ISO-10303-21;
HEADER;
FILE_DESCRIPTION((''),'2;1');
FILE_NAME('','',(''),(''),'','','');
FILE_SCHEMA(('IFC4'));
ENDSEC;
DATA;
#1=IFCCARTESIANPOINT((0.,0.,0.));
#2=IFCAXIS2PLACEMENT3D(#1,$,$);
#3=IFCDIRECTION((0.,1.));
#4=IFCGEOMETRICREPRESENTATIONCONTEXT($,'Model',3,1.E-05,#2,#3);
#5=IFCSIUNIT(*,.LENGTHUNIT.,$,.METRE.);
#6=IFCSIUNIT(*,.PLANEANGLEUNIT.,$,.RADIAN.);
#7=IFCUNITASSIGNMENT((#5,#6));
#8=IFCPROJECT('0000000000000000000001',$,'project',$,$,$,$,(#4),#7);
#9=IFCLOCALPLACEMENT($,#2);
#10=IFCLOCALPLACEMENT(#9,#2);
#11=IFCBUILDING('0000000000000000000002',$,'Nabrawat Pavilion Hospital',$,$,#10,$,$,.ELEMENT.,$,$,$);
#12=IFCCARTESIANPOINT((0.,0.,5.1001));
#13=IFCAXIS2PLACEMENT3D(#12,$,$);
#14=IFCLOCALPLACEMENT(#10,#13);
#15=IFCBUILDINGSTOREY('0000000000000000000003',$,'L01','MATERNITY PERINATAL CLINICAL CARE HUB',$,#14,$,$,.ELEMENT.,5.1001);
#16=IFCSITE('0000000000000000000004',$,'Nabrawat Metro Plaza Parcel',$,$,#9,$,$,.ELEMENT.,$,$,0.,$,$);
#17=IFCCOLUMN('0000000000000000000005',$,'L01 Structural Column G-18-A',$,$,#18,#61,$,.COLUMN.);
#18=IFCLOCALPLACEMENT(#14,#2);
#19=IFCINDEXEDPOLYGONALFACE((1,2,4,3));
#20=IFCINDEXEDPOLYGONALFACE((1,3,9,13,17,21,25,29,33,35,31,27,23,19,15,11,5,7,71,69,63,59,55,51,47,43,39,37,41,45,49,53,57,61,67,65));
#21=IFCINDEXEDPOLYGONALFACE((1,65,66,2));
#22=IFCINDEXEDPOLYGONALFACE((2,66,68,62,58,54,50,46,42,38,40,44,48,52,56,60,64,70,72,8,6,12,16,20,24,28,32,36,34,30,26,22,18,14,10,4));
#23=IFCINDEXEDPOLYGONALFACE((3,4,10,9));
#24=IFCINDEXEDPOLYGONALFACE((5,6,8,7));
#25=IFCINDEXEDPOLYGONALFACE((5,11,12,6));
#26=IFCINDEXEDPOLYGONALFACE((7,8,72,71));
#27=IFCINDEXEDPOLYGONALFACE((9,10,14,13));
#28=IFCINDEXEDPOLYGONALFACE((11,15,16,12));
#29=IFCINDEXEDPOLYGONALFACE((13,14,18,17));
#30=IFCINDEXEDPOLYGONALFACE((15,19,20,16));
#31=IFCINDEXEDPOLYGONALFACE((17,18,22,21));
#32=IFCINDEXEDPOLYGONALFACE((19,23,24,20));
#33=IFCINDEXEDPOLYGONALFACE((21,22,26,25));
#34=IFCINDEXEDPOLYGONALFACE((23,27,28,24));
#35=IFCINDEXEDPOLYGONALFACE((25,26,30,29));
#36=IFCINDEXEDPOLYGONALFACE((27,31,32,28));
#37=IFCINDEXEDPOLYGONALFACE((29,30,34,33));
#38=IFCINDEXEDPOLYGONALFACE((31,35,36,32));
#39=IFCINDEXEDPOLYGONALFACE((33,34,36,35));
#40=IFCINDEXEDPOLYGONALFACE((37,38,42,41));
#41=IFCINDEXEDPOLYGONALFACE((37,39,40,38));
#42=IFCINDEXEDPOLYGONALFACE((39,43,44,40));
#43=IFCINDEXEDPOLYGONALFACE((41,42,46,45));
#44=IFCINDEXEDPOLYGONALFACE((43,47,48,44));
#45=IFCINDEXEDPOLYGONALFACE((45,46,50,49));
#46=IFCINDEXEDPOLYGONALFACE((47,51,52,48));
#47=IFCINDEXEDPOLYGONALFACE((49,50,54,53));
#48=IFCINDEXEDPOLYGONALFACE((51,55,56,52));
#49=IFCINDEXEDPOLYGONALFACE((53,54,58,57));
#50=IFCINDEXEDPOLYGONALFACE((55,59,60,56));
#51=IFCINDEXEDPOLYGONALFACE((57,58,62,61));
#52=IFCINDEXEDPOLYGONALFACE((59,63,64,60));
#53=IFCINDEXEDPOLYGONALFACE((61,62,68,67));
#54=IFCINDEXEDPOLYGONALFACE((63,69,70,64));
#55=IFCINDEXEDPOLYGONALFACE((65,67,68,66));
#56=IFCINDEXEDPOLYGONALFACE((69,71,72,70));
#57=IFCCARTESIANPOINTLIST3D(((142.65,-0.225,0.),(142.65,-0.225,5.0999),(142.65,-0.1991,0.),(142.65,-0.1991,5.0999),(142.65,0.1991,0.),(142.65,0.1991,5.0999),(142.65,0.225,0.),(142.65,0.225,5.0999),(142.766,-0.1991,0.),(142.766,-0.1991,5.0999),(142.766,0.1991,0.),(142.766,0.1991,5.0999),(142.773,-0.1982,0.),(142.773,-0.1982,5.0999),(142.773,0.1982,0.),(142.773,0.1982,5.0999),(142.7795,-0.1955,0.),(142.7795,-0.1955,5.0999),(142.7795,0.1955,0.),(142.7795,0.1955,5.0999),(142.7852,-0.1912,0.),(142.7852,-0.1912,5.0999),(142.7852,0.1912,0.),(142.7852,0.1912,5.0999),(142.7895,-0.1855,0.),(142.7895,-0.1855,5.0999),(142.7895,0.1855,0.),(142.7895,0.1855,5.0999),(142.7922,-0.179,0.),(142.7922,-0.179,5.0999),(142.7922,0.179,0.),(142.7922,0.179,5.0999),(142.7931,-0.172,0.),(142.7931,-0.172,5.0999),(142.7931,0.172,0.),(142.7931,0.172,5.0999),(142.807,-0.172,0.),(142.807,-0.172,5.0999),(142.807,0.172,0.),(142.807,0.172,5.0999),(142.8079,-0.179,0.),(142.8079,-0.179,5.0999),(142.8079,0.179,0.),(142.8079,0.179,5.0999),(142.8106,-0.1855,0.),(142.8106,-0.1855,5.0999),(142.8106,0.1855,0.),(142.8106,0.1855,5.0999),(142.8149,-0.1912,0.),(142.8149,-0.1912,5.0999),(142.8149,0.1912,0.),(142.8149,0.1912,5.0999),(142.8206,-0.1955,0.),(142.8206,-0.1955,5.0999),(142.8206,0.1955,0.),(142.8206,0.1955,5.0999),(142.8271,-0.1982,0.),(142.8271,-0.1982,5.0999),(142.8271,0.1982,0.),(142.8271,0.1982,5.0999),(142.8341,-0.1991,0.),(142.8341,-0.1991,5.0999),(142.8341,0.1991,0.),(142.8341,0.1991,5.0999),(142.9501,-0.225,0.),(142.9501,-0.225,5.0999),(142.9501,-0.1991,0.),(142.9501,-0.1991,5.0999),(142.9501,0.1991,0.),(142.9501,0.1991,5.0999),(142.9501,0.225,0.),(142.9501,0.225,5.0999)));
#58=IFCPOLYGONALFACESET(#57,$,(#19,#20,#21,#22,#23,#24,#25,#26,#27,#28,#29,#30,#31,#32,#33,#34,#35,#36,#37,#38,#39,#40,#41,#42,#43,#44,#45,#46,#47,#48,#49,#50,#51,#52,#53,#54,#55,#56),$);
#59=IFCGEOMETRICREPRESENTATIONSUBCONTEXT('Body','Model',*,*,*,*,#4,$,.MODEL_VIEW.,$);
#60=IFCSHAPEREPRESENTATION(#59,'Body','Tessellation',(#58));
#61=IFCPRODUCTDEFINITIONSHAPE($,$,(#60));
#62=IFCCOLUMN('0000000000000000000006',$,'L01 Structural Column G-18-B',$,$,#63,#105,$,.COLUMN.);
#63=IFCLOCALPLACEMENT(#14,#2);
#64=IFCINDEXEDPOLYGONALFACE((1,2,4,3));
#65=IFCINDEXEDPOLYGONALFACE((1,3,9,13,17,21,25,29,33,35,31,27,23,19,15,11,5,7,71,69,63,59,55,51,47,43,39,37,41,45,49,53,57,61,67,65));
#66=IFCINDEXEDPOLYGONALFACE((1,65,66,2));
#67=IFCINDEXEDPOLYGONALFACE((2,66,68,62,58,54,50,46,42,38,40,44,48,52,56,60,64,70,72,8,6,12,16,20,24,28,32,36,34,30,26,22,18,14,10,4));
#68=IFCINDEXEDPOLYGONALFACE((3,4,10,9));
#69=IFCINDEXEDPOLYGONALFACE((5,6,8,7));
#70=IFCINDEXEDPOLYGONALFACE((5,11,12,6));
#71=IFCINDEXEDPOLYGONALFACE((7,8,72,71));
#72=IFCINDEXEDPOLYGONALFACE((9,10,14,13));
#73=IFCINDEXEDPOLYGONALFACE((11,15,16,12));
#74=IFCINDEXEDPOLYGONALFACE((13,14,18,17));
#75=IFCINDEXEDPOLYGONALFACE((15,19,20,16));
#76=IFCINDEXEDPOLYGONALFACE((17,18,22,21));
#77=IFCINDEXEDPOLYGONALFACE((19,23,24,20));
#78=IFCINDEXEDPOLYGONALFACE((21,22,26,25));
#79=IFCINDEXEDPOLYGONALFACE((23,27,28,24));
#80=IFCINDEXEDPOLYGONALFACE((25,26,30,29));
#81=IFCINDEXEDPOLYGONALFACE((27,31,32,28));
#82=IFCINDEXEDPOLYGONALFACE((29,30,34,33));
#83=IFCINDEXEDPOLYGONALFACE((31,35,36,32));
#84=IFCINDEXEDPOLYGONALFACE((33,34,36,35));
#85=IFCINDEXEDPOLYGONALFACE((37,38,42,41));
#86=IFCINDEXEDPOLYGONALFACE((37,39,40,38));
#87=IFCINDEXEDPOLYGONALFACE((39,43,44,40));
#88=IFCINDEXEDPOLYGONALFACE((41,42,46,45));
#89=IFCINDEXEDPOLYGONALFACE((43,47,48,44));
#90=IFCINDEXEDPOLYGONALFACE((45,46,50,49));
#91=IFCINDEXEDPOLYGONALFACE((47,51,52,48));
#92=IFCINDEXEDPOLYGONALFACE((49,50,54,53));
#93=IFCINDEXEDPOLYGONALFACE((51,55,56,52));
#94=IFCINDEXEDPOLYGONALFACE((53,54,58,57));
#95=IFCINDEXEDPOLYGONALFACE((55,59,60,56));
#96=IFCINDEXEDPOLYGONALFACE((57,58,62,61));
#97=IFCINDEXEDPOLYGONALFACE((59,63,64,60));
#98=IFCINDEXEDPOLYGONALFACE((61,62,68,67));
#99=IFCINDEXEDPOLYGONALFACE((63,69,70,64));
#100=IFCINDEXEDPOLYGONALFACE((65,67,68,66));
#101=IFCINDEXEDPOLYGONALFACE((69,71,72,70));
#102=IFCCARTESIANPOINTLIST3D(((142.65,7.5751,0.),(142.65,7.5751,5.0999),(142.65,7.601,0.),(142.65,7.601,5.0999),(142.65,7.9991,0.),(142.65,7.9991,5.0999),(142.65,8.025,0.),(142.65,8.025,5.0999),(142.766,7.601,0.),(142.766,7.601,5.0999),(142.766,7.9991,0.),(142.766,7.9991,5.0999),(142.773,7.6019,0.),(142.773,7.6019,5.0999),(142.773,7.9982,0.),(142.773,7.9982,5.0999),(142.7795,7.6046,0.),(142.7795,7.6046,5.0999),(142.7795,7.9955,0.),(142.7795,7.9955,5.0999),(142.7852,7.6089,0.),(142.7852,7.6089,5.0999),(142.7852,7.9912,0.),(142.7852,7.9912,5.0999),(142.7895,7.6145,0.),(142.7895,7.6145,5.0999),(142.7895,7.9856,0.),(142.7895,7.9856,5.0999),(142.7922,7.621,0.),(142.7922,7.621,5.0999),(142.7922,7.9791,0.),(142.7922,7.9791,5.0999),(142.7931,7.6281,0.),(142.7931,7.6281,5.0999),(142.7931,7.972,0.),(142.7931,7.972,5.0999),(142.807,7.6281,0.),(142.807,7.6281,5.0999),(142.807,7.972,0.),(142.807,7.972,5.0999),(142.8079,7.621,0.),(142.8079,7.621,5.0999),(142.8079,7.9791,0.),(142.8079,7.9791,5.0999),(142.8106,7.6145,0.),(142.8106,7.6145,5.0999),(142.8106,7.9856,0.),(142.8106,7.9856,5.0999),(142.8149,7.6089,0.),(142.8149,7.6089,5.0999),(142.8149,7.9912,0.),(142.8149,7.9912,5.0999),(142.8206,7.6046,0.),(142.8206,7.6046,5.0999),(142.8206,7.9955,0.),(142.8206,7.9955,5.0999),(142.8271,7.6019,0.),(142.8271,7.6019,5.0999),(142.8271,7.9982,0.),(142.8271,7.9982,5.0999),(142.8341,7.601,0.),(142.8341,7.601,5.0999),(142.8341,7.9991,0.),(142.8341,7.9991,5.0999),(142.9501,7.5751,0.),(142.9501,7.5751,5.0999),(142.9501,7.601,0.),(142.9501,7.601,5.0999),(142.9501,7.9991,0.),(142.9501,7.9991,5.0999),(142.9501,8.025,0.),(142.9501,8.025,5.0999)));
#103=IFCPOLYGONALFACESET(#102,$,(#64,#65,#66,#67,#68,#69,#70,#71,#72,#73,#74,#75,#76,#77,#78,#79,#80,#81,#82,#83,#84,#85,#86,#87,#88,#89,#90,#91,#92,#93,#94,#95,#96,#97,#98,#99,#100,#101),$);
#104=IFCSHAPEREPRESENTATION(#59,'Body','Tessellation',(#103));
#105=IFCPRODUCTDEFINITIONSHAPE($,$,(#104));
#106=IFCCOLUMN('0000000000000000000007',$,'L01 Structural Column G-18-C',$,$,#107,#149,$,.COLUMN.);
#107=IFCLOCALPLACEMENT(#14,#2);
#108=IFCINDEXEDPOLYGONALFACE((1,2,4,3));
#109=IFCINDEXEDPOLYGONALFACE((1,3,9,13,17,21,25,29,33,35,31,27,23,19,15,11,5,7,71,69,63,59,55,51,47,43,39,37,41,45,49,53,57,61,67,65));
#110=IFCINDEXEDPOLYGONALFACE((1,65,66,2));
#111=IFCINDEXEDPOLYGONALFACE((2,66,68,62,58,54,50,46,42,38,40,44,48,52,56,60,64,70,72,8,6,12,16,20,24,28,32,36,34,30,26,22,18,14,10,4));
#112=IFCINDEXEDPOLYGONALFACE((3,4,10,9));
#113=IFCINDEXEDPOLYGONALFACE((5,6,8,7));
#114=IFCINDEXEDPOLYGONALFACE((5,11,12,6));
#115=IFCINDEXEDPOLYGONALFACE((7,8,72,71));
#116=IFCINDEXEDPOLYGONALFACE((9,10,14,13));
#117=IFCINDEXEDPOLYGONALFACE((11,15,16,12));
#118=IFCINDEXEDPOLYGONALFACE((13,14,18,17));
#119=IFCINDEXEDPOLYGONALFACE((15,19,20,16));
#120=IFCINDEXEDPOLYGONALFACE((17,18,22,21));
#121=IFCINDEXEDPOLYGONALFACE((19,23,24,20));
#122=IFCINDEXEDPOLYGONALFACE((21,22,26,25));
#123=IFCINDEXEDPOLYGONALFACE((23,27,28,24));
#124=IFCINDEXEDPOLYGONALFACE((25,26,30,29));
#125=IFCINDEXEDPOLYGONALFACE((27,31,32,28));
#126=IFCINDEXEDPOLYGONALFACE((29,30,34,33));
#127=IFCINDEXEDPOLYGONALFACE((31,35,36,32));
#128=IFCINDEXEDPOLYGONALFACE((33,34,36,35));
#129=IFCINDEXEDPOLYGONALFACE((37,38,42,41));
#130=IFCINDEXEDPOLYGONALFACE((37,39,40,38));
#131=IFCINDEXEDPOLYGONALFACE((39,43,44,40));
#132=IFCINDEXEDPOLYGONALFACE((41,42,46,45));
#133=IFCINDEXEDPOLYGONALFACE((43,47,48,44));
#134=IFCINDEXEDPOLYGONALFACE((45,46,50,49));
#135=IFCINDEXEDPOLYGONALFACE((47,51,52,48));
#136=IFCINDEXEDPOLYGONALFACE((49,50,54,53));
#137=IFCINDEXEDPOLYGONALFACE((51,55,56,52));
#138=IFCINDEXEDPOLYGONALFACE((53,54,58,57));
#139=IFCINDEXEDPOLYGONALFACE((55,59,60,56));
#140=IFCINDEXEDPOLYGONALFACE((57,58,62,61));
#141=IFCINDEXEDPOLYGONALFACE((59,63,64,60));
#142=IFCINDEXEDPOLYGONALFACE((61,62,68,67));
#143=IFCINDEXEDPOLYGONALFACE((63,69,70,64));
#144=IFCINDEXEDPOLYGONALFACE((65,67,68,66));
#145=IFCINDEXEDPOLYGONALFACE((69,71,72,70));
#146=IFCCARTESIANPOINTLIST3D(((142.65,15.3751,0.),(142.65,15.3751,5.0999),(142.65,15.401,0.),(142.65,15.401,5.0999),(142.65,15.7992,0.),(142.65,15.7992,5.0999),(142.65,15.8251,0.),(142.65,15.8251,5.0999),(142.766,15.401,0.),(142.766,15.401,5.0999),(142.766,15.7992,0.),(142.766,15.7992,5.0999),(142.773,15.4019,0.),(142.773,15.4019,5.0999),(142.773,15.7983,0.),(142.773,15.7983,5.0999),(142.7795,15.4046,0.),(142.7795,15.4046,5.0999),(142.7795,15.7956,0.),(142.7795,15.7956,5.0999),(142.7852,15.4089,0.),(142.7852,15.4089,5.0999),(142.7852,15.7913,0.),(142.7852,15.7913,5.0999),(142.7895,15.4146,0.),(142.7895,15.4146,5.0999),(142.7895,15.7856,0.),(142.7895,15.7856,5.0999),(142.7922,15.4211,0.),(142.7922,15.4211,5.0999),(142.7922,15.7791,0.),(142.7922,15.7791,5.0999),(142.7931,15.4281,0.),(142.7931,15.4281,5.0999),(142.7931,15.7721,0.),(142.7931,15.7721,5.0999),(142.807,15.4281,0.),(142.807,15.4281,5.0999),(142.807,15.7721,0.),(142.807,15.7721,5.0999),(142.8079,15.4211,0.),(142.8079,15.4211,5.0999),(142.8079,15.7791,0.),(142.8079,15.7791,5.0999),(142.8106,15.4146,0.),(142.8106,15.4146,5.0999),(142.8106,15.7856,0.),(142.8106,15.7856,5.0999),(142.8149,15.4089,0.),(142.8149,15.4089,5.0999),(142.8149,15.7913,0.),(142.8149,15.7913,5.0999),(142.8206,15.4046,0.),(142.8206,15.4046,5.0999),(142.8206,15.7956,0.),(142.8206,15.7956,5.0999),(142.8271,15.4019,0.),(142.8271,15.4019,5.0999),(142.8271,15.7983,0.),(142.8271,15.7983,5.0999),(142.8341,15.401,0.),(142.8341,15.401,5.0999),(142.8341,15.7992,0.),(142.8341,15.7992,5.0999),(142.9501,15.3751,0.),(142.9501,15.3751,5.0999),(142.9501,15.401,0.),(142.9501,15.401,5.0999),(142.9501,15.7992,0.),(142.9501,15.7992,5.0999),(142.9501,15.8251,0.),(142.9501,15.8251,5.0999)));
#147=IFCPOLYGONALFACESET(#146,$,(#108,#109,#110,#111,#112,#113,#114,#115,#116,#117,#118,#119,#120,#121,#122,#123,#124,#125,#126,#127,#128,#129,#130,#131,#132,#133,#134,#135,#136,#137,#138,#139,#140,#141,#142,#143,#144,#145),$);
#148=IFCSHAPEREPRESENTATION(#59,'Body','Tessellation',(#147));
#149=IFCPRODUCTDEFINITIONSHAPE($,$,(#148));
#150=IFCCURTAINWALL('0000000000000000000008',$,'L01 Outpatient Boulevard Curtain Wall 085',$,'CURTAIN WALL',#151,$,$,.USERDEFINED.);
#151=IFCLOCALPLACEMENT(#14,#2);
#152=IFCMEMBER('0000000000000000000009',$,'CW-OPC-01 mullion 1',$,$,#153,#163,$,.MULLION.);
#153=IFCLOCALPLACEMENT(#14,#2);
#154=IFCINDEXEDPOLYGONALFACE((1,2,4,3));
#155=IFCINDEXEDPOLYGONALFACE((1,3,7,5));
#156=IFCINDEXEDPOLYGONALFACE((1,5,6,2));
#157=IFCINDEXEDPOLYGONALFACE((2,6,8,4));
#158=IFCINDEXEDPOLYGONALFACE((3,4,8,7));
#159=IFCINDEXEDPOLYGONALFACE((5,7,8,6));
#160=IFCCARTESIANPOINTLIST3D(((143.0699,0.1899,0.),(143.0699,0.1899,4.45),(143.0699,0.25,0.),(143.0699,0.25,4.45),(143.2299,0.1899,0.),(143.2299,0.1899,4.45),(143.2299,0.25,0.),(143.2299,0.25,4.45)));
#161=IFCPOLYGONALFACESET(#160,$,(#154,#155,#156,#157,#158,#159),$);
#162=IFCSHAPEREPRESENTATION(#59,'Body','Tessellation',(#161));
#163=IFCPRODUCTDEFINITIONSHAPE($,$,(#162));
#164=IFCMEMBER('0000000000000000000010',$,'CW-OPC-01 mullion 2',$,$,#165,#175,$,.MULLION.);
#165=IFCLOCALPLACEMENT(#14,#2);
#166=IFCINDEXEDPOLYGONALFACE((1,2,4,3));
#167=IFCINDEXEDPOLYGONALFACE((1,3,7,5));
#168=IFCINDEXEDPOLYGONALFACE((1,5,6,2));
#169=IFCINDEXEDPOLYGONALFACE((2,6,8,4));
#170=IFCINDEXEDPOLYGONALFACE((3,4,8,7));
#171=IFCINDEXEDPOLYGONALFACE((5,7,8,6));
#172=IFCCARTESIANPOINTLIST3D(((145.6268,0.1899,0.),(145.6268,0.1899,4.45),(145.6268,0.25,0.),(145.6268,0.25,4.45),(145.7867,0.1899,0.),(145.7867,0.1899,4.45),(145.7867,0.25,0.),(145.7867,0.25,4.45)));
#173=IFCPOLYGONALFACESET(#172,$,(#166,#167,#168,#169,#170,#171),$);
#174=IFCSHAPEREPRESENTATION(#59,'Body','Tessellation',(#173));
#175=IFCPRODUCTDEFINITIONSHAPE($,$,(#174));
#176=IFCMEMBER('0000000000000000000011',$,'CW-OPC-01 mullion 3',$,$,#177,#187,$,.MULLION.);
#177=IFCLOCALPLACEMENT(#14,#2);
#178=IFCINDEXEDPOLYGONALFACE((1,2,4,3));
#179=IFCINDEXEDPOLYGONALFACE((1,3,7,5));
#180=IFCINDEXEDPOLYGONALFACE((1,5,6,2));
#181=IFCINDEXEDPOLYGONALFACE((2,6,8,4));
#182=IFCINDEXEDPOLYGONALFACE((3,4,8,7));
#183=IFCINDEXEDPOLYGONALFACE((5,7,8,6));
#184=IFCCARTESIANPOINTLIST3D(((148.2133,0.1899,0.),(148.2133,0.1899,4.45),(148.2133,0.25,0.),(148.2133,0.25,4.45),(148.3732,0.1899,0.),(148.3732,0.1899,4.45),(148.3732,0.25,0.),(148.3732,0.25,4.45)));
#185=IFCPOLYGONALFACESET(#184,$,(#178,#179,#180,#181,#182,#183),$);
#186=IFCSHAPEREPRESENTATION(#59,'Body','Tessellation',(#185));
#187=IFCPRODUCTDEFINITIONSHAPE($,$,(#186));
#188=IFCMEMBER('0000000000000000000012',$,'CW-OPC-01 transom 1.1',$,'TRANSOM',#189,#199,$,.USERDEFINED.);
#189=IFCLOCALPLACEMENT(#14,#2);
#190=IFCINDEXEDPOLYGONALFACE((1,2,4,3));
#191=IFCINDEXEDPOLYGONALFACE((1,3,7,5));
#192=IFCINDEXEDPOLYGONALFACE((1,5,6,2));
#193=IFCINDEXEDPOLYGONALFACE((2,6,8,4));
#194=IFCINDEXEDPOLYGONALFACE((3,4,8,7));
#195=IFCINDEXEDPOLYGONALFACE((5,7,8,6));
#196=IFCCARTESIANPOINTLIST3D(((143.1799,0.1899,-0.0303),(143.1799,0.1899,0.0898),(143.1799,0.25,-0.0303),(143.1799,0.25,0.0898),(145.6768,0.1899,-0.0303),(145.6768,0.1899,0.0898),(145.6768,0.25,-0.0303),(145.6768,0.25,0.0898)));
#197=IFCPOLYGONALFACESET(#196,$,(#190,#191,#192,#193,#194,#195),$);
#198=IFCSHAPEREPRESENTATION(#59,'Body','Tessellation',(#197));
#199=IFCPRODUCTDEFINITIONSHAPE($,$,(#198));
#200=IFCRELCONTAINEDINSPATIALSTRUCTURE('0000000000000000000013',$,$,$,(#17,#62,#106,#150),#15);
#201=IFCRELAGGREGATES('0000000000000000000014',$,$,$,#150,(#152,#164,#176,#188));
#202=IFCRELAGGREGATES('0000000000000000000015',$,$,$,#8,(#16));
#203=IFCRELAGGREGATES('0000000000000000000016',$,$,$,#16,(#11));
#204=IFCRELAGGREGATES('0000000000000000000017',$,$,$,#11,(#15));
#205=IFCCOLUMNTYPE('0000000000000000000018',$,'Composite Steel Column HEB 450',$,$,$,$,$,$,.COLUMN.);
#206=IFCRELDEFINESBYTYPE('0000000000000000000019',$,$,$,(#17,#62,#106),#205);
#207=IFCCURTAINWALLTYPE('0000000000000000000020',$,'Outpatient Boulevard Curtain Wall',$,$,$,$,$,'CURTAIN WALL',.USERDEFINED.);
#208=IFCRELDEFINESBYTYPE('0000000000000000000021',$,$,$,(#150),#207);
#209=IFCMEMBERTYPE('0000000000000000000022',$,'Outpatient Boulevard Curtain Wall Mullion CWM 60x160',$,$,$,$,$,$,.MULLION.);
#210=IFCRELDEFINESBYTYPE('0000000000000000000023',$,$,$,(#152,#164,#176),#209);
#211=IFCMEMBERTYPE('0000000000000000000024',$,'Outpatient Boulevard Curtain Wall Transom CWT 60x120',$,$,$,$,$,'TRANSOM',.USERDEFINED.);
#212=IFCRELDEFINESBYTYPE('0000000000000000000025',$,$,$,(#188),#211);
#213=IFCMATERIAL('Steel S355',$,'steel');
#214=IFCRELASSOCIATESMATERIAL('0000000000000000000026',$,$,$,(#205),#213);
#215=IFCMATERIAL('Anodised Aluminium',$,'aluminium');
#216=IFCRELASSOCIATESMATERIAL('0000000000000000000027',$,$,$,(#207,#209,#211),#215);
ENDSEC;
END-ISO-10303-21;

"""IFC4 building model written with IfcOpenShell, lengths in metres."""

from ifc_helpers import new_model, si_unit, direction, frame, origin, origin_2d, place, context, subcontext, project, spatial, rectangle, i_section, extrude, material, material_profile, profile_set, type_object, element, aggregate, save


model = new_model("IFC4")

# Units and contexts
model_context = context("Model", 3, precision=1e-05, world=origin(), true_north=direction((0.0, 1.0)))
body_context = subcontext(model_context, "Body", "Model", "MODEL_VIEW")
ifc_project = project(units=[si_unit("LENGTHUNIT", "METRE"), si_unit("PLANEANGLEUNIT", "RADIAN")], contexts=[model_context])

# Site, building, storey
site_placement = place(None, origin())
site = spatial("IfcSite", under=ifc_project, at=site_placement, Name="Nabrawat Metro Plaza Parcel", CompositionType="ELEMENT", RefElevation=0.0)
building_placement = place(site_placement, origin())
building = spatial("IfcBuilding", under=site, at=building_placement, Name="Nabrawat Pavilion Hospital", CompositionType="ELEMENT")
storey_placement = place(building_placement, frame((0.0, 0.0, 5.1001)))
storey = spatial("IfcBuildingStorey", under=building, at=storey_placement, Name="L01", Description="MATERNITY PERINATAL CLINICAL CARE HUB", CompositionType="ELEMENT", Elevation=5.1001)

# Columns
ifc_material_1 = material(Name="Steel S355", Category="steel")
ifc_material_profile_1 = material_profile(ifc_material_1, i_section(OverallWidth=0.3, OverallDepth=0.45, WebThickness=0.0139, FlangeThickness=0.0259, FilletRadius=0.0271, at=origin_2d()), Name="HEB 450")
ifc_profile_set_1 = profile_set([ifc_material_profile_1], Name="Steel S355")
column_type = type_object("IfcColumnType", Name="Composite Steel Column HEB 450", PredefinedType="COLUMN", material=ifc_profile_set_1)
for number, where, z_axis, x_axis, name in (
    (1, (142.8, 0.0, 0.0), (0.0, 0.0, 1.0), (1.0, 0.0, 0.0), "L01 Structural Column G-18-A"),
    (2, (142.8, 7.8, 0.0), (0.0, 0.0, 1.0), (1.0, 0.0, 0.0), "L01 Structural Column G-18-B"),
    (3, (142.8, 15.6001, 0.0), (0.0, 0.0, 1.0), (1.0, 0.0, 0.0), "L01 Structural Column G-18-C"),
):
    element("IfcColumn", number, at=place(storey_placement, frame(where, z_axis=z_axis, x_axis=x_axis)), inside=storey, type_object=column_type, Name=name, PredefinedType="COLUMN", context=body_context, shape_type="SweptSolid", body=[
        extrude(i_section(OverallWidth=0.3, OverallDepth=0.45, WebThickness=0.0139, FlangeThickness=0.0259, FilletRadius=0.0271, at=origin_2d()), origin(), (0.0, 0.0, 1.0), 5.0999),
    ])

# Curtain wall, members
ifc_material_2 = material(Name="Anodised Aluminium", Category="aluminium")
curtain_wall_type = type_object("IfcCurtainWallType", Name="Outpatient Boulevard Curtain Wall", ElementType="CURTAIN WALL", PredefinedType="USERDEFINED", material=ifc_material_2)
curtain_wall_placement = place(storey_placement, origin())
curtain_wall = element("IfcCurtainWall", 4, at=curtain_wall_placement, inside=storey, type_object=curtain_wall_type, Name="L01 Outpatient Boulevard Curtain Wall 085", ObjectType="CURTAIN WALL", PredefinedType="USERDEFINED")
ifc_material_profile_2 = material_profile(ifc_material_2, rectangle(XDim=0.0601, YDim=0.1599, at=origin_2d()), Name="CWM 60x160")
ifc_profile_set_2 = profile_set([ifc_material_profile_2], Name="Anodised Aluminium")
member_type_1 = type_object("IfcMemberType", Name="Outpatient Boulevard Curtain Wall Mullion CWM 60x160", PredefinedType="MULLION", material=ifc_profile_set_2)
member_1_placement = place(storey_placement, frame((143.1499, 0.22, 0.0), z_axis=(0.0, 0.0, 1.0), x_axis=(0.0, 1.0, 0.0)))
member_1 = element("IfcMember", 5, at=member_1_placement, type_object=member_type_1, Name="CW-OPC-01 mullion 1", PredefinedType="MULLION", context=body_context, shape_type="SweptSolid", body=[
    extrude(rectangle(XDim=0.0601, YDim=0.1599, at=origin_2d()), origin(), (0.0, 0.0, 1.0), 4.45),
])
member_2_placement = place(storey_placement, frame((145.7068, 0.22, 0.0), z_axis=(0.0, 0.0, 1.0), x_axis=(0.0, 1.0, 0.0)))
member_2 = element("IfcMember", 6, at=member_2_placement, type_object=member_type_1, Name="CW-OPC-01 mullion 2", PredefinedType="MULLION", context=body_context, shape_type="SweptSolid", body=[
    extrude(rectangle(XDim=0.0601, YDim=0.1599, at=origin_2d()), origin(), (0.0, 0.0, 1.0), 4.45),
])
member_3_placement = place(storey_placement, frame((148.2932, 0.22, 0.0), z_axis=(0.0, 0.0, 1.0), x_axis=(0.0, 1.0, 0.0)))
member_3 = element("IfcMember", 7, at=member_3_placement, type_object=member_type_1, Name="CW-OPC-01 mullion 3", PredefinedType="MULLION", context=body_context, shape_type="SweptSolid", body=[
    extrude(rectangle(XDim=0.0601, YDim=0.1599, at=origin_2d()), origin(), (0.0, 0.0, 1.0), 4.45),
])
ifc_material_profile_3 = material_profile(ifc_material_2, rectangle(XDim=0.0601, YDim=0.1201, at=origin_2d()), Name="CWT 60x120")
ifc_profile_set_3 = profile_set([ifc_material_profile_3], Name="Anodised Aluminium")
member_type_2 = type_object("IfcMemberType", Name="Outpatient Boulevard Curtain Wall Transom CWT 60x120", ElementType="TRANSOM", PredefinedType="USERDEFINED", material=ifc_profile_set_3)
member_4_placement = place(storey_placement, frame((143.1799, 0.22, 0.0298), z_axis=(1.0, 0.0, 0.0), x_axis=(0.0, 1.0, 0.0)))
member_4 = element("IfcMember", 8, at=member_4_placement, type_object=member_type_2, Name="CW-OPC-01 transom 1.1", ObjectType="TRANSOM", PredefinedType="USERDEFINED", context=body_context, shape_type="SweptSolid", body=[
    extrude(rectangle(XDim=0.0601, YDim=0.1201, at=origin_2d()), origin(), (0.0, 0.0, 1.0), 2.4968),
])

aggregate(curtain_wall, [member_1, member_2, member_3, member_4])

save(model, "model.ifc")
